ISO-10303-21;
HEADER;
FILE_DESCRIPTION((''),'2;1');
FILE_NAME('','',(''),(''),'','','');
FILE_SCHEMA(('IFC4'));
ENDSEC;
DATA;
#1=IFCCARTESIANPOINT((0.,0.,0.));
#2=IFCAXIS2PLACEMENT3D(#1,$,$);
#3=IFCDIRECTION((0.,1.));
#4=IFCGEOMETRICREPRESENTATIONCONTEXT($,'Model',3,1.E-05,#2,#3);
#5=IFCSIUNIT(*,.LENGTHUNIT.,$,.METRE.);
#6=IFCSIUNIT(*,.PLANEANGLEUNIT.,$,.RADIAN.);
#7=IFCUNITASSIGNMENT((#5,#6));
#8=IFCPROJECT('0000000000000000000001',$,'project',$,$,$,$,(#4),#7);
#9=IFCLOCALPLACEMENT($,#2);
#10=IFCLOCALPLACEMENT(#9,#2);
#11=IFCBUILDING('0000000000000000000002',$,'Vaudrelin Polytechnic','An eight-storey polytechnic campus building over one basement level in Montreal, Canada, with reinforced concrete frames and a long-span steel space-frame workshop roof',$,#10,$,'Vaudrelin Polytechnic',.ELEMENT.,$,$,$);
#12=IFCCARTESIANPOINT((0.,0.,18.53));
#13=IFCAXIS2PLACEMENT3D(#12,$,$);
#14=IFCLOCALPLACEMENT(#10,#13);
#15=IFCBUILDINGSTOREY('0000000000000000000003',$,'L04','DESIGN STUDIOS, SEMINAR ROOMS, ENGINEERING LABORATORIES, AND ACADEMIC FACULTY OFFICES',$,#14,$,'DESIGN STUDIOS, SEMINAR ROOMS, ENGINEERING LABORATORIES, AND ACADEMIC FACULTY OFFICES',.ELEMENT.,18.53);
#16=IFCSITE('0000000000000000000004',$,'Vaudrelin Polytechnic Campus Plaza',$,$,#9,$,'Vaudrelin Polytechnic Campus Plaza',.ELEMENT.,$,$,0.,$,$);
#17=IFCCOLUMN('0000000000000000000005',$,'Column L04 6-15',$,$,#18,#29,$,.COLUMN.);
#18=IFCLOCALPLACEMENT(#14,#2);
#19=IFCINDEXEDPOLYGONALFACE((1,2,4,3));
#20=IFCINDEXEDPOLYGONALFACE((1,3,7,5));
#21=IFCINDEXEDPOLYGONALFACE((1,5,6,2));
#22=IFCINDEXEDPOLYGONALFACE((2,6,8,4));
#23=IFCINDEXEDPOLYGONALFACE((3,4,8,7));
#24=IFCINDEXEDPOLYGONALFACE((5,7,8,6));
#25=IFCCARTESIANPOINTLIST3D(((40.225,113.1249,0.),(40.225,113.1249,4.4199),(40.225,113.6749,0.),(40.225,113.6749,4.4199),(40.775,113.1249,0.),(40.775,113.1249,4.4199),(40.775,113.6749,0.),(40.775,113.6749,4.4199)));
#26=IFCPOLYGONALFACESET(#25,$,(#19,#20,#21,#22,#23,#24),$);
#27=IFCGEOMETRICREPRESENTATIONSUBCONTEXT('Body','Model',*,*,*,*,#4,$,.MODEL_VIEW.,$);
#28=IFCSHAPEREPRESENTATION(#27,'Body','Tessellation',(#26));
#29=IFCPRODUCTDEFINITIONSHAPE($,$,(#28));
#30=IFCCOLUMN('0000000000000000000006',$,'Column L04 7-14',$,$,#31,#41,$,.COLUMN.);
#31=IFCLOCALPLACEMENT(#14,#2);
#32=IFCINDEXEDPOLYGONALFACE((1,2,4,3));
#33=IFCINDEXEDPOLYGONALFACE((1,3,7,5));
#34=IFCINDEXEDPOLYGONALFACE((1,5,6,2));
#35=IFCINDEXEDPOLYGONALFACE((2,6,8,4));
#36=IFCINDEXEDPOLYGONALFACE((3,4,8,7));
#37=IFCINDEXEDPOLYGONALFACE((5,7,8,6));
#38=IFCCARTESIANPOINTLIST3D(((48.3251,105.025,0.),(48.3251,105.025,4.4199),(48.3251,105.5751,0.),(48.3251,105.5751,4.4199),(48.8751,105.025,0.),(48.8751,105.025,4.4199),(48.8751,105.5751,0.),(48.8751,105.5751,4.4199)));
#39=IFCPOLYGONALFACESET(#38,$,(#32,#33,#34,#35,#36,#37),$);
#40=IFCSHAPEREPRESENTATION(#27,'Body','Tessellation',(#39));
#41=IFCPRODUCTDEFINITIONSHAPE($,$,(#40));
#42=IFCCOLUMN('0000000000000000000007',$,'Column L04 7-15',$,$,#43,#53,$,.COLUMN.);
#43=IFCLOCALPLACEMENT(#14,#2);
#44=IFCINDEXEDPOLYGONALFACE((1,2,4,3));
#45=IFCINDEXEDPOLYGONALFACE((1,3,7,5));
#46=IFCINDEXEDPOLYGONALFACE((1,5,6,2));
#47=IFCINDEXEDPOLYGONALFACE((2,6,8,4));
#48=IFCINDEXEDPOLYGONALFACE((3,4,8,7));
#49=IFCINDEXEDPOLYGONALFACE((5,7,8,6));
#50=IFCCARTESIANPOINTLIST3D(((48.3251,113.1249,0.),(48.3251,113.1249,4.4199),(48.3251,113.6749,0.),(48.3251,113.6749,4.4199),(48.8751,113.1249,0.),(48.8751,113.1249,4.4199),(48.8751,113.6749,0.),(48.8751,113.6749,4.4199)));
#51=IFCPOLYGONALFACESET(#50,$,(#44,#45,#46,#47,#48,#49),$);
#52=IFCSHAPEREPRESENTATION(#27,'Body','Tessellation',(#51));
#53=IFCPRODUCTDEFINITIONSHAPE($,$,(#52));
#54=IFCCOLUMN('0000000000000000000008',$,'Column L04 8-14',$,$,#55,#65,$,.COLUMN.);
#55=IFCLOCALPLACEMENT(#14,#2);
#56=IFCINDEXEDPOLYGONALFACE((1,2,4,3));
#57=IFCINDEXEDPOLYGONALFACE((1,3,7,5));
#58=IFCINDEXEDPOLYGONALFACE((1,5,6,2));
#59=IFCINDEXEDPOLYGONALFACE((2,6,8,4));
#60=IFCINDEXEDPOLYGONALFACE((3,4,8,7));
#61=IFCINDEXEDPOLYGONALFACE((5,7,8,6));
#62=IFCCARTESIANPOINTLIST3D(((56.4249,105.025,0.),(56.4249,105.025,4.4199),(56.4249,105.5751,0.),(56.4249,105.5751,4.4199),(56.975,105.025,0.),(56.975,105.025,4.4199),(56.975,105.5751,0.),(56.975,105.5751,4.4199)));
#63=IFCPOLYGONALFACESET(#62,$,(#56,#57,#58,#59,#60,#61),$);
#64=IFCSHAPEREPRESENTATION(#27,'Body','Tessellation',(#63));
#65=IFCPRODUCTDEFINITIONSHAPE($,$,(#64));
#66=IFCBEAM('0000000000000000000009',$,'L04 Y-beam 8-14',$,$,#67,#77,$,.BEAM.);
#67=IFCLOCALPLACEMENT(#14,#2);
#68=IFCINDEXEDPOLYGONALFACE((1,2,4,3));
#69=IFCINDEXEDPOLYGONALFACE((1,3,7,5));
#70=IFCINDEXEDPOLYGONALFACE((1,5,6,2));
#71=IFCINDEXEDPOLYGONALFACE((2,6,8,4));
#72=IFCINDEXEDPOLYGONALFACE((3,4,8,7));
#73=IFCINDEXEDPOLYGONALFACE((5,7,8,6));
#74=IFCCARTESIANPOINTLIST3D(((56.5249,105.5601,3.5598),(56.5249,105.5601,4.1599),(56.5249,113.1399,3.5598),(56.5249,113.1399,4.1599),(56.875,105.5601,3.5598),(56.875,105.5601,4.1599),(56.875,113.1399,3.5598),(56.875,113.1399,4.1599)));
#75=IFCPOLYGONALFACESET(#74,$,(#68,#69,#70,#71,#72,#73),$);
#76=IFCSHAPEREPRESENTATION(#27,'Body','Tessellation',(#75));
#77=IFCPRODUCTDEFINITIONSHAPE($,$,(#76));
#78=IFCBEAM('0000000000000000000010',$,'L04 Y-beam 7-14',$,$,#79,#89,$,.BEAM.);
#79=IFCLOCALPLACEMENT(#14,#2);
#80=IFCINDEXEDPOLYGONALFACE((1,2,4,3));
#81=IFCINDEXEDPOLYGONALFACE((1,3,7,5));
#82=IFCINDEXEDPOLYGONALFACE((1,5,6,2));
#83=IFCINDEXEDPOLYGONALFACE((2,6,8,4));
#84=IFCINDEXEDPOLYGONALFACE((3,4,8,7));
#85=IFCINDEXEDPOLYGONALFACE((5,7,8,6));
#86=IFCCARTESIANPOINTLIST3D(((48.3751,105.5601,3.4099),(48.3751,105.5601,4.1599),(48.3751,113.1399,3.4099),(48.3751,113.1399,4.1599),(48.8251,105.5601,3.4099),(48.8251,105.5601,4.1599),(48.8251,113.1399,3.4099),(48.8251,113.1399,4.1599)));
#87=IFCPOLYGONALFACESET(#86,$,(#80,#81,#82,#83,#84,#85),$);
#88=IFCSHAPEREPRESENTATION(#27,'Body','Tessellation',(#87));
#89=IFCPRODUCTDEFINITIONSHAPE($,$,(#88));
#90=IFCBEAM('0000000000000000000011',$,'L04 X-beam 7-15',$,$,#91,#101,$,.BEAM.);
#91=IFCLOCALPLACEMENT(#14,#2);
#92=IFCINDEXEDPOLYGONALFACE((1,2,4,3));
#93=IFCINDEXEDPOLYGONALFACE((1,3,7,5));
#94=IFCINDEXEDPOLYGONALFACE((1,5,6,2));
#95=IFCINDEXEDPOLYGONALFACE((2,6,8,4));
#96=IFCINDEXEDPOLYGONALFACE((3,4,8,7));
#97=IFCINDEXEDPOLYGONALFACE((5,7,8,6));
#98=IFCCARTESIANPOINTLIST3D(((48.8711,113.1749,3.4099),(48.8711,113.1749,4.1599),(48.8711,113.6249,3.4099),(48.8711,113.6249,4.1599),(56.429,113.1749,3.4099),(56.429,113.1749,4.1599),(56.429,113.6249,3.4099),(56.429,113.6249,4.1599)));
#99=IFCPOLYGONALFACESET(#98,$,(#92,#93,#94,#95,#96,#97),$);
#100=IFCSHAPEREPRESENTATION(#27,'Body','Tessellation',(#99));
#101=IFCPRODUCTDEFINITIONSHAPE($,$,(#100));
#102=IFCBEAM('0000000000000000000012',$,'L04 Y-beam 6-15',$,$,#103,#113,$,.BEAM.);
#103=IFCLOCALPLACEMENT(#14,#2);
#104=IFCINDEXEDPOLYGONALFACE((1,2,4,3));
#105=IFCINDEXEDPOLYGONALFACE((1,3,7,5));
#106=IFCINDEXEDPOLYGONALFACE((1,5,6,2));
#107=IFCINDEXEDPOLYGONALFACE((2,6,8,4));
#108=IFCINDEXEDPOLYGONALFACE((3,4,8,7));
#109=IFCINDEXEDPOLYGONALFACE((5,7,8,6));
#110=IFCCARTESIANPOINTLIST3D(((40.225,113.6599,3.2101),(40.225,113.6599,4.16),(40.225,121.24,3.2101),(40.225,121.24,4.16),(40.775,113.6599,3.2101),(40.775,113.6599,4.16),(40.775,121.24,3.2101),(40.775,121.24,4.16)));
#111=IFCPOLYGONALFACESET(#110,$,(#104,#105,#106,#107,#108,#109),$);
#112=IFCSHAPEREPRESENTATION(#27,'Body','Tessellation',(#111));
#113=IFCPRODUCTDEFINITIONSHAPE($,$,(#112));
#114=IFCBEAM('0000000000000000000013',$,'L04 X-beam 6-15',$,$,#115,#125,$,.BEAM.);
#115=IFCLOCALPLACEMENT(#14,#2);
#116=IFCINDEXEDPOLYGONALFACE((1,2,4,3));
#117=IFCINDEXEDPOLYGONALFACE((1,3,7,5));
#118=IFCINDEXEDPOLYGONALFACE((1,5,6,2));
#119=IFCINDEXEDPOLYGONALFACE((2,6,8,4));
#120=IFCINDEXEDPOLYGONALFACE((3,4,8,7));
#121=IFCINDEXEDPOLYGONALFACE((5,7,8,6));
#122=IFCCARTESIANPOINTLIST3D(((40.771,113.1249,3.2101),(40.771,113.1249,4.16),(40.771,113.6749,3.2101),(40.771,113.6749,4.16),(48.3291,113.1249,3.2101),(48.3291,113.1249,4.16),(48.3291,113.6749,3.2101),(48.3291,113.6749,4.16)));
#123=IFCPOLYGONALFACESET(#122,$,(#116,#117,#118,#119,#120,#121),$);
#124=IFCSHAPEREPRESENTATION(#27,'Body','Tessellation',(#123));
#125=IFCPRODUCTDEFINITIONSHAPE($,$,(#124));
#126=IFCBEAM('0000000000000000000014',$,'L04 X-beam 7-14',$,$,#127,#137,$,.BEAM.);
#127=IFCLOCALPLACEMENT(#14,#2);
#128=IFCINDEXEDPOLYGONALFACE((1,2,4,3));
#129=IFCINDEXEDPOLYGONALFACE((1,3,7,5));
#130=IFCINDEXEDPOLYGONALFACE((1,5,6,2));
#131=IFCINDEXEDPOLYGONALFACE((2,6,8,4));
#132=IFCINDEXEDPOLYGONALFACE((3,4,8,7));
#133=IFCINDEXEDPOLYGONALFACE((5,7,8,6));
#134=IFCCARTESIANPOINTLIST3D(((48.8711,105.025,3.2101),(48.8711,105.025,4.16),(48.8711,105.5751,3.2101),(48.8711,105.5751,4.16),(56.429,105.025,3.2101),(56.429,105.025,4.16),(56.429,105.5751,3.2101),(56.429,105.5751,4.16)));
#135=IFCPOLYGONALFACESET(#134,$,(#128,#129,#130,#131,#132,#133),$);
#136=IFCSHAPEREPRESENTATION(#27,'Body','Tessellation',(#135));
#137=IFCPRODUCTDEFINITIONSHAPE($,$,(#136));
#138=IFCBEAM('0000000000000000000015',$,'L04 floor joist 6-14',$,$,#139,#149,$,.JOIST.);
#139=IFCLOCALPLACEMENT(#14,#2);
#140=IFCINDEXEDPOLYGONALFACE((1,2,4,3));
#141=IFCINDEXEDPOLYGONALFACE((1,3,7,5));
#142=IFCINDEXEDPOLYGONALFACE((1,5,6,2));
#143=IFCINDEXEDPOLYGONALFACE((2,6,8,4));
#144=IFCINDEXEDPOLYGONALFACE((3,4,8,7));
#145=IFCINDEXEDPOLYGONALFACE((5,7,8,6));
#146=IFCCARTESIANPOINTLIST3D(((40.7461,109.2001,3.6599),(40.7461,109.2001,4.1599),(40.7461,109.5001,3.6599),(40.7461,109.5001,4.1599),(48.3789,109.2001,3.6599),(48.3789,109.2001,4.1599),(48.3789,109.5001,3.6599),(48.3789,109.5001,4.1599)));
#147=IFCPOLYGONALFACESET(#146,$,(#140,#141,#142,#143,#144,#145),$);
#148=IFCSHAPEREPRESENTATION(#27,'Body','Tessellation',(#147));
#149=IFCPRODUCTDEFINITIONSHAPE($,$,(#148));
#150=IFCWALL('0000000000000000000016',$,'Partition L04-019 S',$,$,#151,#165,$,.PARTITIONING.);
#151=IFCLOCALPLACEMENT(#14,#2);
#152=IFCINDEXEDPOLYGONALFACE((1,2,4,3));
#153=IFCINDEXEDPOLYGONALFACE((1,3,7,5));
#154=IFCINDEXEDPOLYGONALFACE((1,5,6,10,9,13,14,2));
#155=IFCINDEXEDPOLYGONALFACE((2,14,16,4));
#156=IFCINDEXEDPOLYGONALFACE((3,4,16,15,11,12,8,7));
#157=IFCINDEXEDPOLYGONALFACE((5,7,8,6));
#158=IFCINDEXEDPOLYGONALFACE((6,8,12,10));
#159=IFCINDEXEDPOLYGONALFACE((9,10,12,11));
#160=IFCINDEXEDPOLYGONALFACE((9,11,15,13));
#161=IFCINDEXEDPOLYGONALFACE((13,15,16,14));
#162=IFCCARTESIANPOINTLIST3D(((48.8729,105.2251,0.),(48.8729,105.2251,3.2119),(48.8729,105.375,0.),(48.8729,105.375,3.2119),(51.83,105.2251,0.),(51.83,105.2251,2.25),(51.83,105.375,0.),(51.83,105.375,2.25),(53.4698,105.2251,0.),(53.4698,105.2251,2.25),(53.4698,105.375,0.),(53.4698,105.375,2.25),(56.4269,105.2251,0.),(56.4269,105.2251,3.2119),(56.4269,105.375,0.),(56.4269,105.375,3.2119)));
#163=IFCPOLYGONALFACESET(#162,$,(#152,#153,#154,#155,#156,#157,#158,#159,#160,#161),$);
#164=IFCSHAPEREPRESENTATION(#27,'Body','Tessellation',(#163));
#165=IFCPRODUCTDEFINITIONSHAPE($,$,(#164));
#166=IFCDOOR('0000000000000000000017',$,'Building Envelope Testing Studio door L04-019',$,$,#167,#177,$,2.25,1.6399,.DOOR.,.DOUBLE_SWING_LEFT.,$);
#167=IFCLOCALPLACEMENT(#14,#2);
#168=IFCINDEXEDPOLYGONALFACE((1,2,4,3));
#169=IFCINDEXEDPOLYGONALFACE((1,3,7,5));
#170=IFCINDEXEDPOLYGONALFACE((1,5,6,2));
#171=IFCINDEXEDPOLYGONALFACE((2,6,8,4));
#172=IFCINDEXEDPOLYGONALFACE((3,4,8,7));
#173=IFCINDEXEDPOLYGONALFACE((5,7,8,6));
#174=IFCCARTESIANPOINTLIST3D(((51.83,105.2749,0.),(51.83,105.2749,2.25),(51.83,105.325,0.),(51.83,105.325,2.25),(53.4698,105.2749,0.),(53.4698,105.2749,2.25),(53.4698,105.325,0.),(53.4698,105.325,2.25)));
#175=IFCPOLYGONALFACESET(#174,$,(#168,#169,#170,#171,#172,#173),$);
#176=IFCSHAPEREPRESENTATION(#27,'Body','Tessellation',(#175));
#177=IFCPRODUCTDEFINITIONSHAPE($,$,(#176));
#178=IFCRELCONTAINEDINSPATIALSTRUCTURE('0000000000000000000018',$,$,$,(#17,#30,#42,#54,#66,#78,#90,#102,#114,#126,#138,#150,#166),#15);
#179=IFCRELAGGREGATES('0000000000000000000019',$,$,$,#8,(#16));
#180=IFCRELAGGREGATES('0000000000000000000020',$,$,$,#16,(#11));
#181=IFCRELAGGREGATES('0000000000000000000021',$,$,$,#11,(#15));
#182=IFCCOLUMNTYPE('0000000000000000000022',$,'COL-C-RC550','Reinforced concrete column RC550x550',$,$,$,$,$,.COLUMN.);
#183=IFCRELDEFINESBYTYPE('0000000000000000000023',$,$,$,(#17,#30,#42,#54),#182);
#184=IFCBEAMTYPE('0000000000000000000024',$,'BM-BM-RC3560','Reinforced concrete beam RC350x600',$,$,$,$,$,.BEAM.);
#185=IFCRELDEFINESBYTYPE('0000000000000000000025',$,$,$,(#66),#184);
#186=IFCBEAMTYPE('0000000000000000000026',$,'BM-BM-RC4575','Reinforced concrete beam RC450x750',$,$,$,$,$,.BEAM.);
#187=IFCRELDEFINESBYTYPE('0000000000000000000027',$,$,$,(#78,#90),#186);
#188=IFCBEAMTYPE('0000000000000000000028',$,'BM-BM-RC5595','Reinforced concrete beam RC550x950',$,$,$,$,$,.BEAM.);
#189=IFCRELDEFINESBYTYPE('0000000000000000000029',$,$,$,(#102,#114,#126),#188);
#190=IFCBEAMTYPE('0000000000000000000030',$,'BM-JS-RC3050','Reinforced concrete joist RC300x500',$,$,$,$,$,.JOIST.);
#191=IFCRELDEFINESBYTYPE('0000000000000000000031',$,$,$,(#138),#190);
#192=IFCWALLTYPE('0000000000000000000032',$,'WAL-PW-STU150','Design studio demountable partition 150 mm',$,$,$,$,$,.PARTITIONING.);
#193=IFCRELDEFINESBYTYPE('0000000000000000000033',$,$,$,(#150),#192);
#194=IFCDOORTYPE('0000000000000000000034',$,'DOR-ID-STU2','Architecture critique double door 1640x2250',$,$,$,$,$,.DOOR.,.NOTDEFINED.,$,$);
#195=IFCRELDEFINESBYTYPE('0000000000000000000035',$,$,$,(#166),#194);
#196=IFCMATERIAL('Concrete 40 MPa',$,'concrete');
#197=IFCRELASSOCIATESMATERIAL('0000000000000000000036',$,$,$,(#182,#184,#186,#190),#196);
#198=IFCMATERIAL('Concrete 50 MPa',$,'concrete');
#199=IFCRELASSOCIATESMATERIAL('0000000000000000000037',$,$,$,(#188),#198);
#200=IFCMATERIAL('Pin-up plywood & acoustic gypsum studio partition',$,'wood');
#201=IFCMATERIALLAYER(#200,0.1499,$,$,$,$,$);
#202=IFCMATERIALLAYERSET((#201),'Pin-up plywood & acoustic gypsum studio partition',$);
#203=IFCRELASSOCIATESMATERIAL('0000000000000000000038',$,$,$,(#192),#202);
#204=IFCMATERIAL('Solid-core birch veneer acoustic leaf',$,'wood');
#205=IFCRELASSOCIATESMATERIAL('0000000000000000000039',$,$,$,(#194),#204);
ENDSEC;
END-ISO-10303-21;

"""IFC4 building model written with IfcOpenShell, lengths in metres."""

from ifc_helpers import new_model, si_unit, direction, frame, frame_2d, origin, origin_2d, place, context, subcontext, project, spatial, rectangle, extrude, material, layer, layer_set, material_profile, profile_set, type_object, element, fill, save


model = new_model("IFC4")

# Units and contexts
model_context = context("Model", 3, precision=1e-05, world=origin(), true_north=direction((0.0, 1.0)))
body_context = subcontext(model_context, "Body", "Model", "MODEL_VIEW")
ifc_project = project(units=[si_unit("LENGTHUNIT", "METRE"), si_unit("PLANEANGLEUNIT", "RADIAN")], contexts=[model_context])

# Site, building, storey
site_placement = place(None, origin())
site = spatial("IfcSite", under=ifc_project, at=site_placement, Name="Vaudrelin Polytechnic Campus Plaza", LongName="Vaudrelin Polytechnic Campus Plaza", CompositionType="ELEMENT", RefElevation=0.0)
building_placement = place(site_placement, origin())
building = spatial("IfcBuilding", under=site, at=building_placement, Name="Vaudrelin Polytechnic", Description="An eight-storey polytechnic campus building over one basement level in Montreal, Canada, with reinforced concrete frames and a long-span steel space-frame workshop roof", LongName="Vaudrelin Polytechnic", CompositionType="ELEMENT")
storey_placement = place(building_placement, frame((0.0, 0.0, 18.53)))
storey = spatial("IfcBuildingStorey", under=building, at=storey_placement, Name="L04", Description="DESIGN STUDIOS, SEMINAR ROOMS, ENGINEERING LABORATORIES, AND ACADEMIC FACULTY OFFICES", LongName="DESIGN STUDIOS, SEMINAR ROOMS, ENGINEERING LABORATORIES, AND ACADEMIC FACULTY OFFICES", CompositionType="ELEMENT", Elevation=18.53)

# Columns
ifc_material_1 = material(Name="Concrete 40 MPa", Category="concrete")
ifc_material_profile_1 = material_profile(ifc_material_1, rectangle(XDim=0.55, YDim=0.55, at=origin_2d()), Name="RC550x550")
ifc_profile_set_1 = profile_set([ifc_material_profile_1], Name="Concrete 40 MPa")
column_type = type_object("IfcColumnType", Name="COL-C-RC550", Description="Reinforced concrete column RC550x550", PredefinedType="COLUMN", material=ifc_profile_set_1)
for number, where, z_axis, x_axis, name in (
    (1, (40.5, 113.3999, 0.0), (0.0, 0.0, 1.0), (1.0, 0.0, 0.0), "Column L04 6-15"),
    (2, (48.6001, 105.3, 0.0), (0.0, 0.0, 1.0), (1.0, 0.0, 0.0), "Column L04 7-14"),
    (3, (48.6001, 113.3999, 0.0), (0.0, 0.0, 1.0), (1.0, 0.0, 0.0), "Column L04 7-15"),
    (4, (56.7, 105.3, 0.0), (0.0, 0.0, 1.0), (1.0, 0.0, 0.0), "Column L04 8-14"),
):
    element("IfcColumn", number, at=place(storey_placement, frame(where, z_axis=z_axis, x_axis=x_axis)), inside=storey, type_object=column_type, Name=name, PredefinedType="COLUMN", context=body_context, shape_type="SweptSolid", body=[
        extrude(rectangle(XDim=0.55, YDim=0.55, at=origin_2d()), origin(), (0.0, 0.0, 1.0), 4.4199),
    ])

# Beams
ifc_material_profile_2 = material_profile(ifc_material_1, rectangle(XDim=0.3501, YDim=0.6001, at=origin_2d()), Name="RC350x600")
ifc_profile_set_2 = profile_set([ifc_material_profile_2], Name="Concrete 40 MPa")
beam_type_1 = type_object("IfcBeamType", Name="BM-BM-RC3560", Description="Reinforced concrete beam RC350x600", PredefinedType="BEAM", material=ifc_profile_set_2)
beam_1_placement = place(storey_placement, frame((56.7, 105.5601, 3.8599), z_axis=(0.0, 1.0, 0.0), x_axis=(-1.0, 0.0, 0.0)))
element("IfcBeam", 5, at=beam_1_placement, inside=storey, type_object=beam_type_1, Name="L04 Y-beam 8-14", PredefinedType="BEAM", context=body_context, shape_type="SweptSolid", body=[
    extrude(rectangle(XDim=0.3501, YDim=0.6001, at=origin_2d()), origin(), (0.0, 0.0, 1.0), 7.5798),
])
ifc_material_profile_3 = material_profile(ifc_material_1, rectangle(XDim=0.45, YDim=0.75, at=origin_2d()), Name="RC450x750")
ifc_profile_set_3 = profile_set([ifc_material_profile_3], Name="Concrete 40 MPa")
beam_type_2 = type_object("IfcBeamType", Name="BM-BM-RC4575", Description="Reinforced concrete beam RC450x750", PredefinedType="BEAM", material=ifc_profile_set_3)
beam_2_placement = place(storey_placement, frame((48.6001, 105.5601, 3.7849), z_axis=(0.0, 1.0, 0.0), x_axis=(-1.0, 0.0, 0.0)))
element("IfcBeam", 6, at=beam_2_placement, inside=storey, type_object=beam_type_2, Name="L04 Y-beam 7-14", PredefinedType="BEAM", context=body_context, shape_type="SweptSolid", body=[
    extrude(rectangle(XDim=0.45, YDim=0.75, at=origin_2d()), origin(), (0.0, 0.0, 1.0), 7.5798),
])
beam_3_placement = place(storey_placement, frame((48.8711, 113.3999, 3.7849), z_axis=(1.0, 0.0, 0.0), x_axis=(0.0, 1.0, 0.0)))
element("IfcBeam", 7, at=beam_3_placement, inside=storey, type_object=beam_type_2, Name="L04 X-beam 7-15", PredefinedType="BEAM", context=body_context, shape_type="SweptSolid", body=[
    extrude(rectangle(XDim=0.45, YDim=0.75, at=origin_2d()), origin(), (0.0, 0.0, 1.0), 7.5579),
])
ifc_material_2 = material(Name="Concrete 50 MPa", Category="concrete")
ifc_material_profile_4 = material_profile(ifc_material_2, rectangle(XDim=0.55, YDim=0.95, at=origin_2d()), Name="RC550x950")
ifc_profile_set_4 = profile_set([ifc_material_profile_4], Name="Concrete 50 MPa")
beam_type_3 = type_object("IfcBeamType", Name="BM-BM-RC5595", Description="Reinforced concrete beam RC550x950", PredefinedType="BEAM", material=ifc_profile_set_4)
beam_4_placement = place(storey_placement, frame((40.5, 113.6599, 3.6851), z_axis=(0.0, 1.0, 0.0), x_axis=(-1.0, 0.0, 0.0)))
element("IfcBeam", 8, at=beam_4_placement, inside=storey, type_object=beam_type_3, Name="L04 Y-beam 6-15", PredefinedType="BEAM", context=body_context, shape_type="SweptSolid", body=[
    extrude(rectangle(XDim=0.55, YDim=0.95, at=origin_2d()), origin(), (0.0, 0.0, 1.0), 7.5801),
])
beam_5_placement = place(storey_placement, frame((40.771, 113.3999, 3.6851), z_axis=(1.0, 0.0, 0.0), x_axis=(0.0, 1.0, 0.0)))
element("IfcBeam", 9, at=beam_5_placement, inside=storey, type_object=beam_type_3, Name="L04 X-beam 6-15", PredefinedType="BEAM", context=body_context, shape_type="SweptSolid", body=[
    extrude(rectangle(XDim=0.55, YDim=0.95, at=origin_2d()), origin(), (0.0, 0.0, 1.0), 7.5581),
])
beam_6_placement = place(storey_placement, frame((48.8711, 105.3, 3.6851), z_axis=(1.0, 0.0, 0.0), x_axis=(0.0, 1.0, 0.0)))
element("IfcBeam", 10, at=beam_6_placement, inside=storey, type_object=beam_type_3, Name="L04 X-beam 7-14", PredefinedType="BEAM", context=body_context, shape_type="SweptSolid", body=[
    extrude(rectangle(XDim=0.55, YDim=0.95, at=origin_2d()), origin(), (0.0, 0.0, 1.0), 7.5579),
])
ifc_material_profile_5 = material_profile(ifc_material_1, rectangle(XDim=0.3, YDim=0.5, at=origin_2d()), Name="RC300x500")
ifc_profile_set_5 = profile_set([ifc_material_profile_5], Name="Concrete 40 MPa")
beam_type_4 = type_object("IfcBeamType", Name="BM-JS-RC3050", Description="Reinforced concrete joist RC300x500", PredefinedType="JOIST", material=ifc_profile_set_5)
beam_7_placement = place(storey_placement, frame((40.7461, 109.3501, 3.9099), z_axis=(1.0, 0.0, 0.0), x_axis=(0.0, 1.0, 0.0)))
element("IfcBeam", 11, at=beam_7_placement, inside=storey, type_object=beam_type_4, Name="L04 floor joist 6-14", PredefinedType="JOIST", context=body_context, shape_type="SweptSolid", body=[
    extrude(rectangle(XDim=0.3, YDim=0.5, at=origin_2d()), origin(), (0.0, 0.0, 1.0), 7.6328),
])

# Wall, opening, door
ifc_material_3 = material(Name="Pin-up plywood & acoustic gypsum studio partition", Category="wood")
ifc_layer_1 = layer(ifc_material_3, 0.1499)
ifc_layer_set_1 = layer_set([ifc_layer_1], Name="Pin-up plywood & acoustic gypsum studio partition")
wall_type_1 = type_object("IfcWallType", Name="WAL-PW-STU150", Description="Design studio demountable partition 150 mm", PredefinedType="PARTITIONING", material=ifc_layer_set_1)
wall_1_placement = place(storey_placement, frame((48.873, 105.3, 0.0), z_axis=(0.0, 0.0, 1.0), x_axis=(1.0, 0.0, 0.0)))
wall_1 = element("IfcWall", 12, at=wall_1_placement, inside=storey, type_object=wall_type_1, Name="Partition L04-019 S", PredefinedType="PARTITIONING", context=body_context, shape_type="SweptSolid", body=[
    extrude(rectangle(XDim=7.554, YDim=0.1499, at=frame_2d((3.7769, 0.0))), origin(), (0.0, 0.0, 1.0), 3.2119),
])
opening_1_placement = place(wall_1_placement, frame((2.957, 0.0, 0.0)))
opening_1 = element("IfcOpeningElement", 13, at=opening_1_placement, cuts=wall_1, PredefinedType="OPENING", context=body_context, shape_type="SweptSolid", body=[
    extrude(rectangle(XDim=1.6399, YDim=2.25, at=frame_2d((0.8198, 1.125))), frame((0.0, 0.085, 0.0), z_axis=(0.0, -1.0, 0.0), x_axis=(1.0, 0.0, 0.0)), (0.0, 0.0, 1.0), 0.1699),
])
ifc_material_4 = material(Name="Solid-core birch veneer acoustic leaf", Category="wood")
door_type_1 = type_object("IfcDoorType", Name="DOR-ID-STU2", Description="Architecture critique double door 1640x2250", OperationType="NOTDEFINED", PredefinedType="DOOR", material=ifc_material_4)
door_1_placement = place(opening_1_placement, origin())
door_1 = element("IfcDoor", 14, at=door_1_placement, inside=storey, type_object=door_type_1, Name="Building Envelope Testing Studio door L04-019", OperationType="DOUBLE_SWING_LEFT", OverallHeight=2.25, OverallWidth=1.6399, PredefinedType="DOOR", context=body_context, shape_type="SweptSolid", body=[
    extrude(rectangle(XDim=1.6399, YDim=2.25, at=frame_2d((0.8198, 1.125))), frame((0.0, 0.0249, 0.0), z_axis=(0.0, -1.0, 0.0), x_axis=(1.0, 0.0, 0.0)), (0.0, 0.0, 1.0), 0.05),
])
fill(opening_1, door_1)

save(model, "model.ifc")
